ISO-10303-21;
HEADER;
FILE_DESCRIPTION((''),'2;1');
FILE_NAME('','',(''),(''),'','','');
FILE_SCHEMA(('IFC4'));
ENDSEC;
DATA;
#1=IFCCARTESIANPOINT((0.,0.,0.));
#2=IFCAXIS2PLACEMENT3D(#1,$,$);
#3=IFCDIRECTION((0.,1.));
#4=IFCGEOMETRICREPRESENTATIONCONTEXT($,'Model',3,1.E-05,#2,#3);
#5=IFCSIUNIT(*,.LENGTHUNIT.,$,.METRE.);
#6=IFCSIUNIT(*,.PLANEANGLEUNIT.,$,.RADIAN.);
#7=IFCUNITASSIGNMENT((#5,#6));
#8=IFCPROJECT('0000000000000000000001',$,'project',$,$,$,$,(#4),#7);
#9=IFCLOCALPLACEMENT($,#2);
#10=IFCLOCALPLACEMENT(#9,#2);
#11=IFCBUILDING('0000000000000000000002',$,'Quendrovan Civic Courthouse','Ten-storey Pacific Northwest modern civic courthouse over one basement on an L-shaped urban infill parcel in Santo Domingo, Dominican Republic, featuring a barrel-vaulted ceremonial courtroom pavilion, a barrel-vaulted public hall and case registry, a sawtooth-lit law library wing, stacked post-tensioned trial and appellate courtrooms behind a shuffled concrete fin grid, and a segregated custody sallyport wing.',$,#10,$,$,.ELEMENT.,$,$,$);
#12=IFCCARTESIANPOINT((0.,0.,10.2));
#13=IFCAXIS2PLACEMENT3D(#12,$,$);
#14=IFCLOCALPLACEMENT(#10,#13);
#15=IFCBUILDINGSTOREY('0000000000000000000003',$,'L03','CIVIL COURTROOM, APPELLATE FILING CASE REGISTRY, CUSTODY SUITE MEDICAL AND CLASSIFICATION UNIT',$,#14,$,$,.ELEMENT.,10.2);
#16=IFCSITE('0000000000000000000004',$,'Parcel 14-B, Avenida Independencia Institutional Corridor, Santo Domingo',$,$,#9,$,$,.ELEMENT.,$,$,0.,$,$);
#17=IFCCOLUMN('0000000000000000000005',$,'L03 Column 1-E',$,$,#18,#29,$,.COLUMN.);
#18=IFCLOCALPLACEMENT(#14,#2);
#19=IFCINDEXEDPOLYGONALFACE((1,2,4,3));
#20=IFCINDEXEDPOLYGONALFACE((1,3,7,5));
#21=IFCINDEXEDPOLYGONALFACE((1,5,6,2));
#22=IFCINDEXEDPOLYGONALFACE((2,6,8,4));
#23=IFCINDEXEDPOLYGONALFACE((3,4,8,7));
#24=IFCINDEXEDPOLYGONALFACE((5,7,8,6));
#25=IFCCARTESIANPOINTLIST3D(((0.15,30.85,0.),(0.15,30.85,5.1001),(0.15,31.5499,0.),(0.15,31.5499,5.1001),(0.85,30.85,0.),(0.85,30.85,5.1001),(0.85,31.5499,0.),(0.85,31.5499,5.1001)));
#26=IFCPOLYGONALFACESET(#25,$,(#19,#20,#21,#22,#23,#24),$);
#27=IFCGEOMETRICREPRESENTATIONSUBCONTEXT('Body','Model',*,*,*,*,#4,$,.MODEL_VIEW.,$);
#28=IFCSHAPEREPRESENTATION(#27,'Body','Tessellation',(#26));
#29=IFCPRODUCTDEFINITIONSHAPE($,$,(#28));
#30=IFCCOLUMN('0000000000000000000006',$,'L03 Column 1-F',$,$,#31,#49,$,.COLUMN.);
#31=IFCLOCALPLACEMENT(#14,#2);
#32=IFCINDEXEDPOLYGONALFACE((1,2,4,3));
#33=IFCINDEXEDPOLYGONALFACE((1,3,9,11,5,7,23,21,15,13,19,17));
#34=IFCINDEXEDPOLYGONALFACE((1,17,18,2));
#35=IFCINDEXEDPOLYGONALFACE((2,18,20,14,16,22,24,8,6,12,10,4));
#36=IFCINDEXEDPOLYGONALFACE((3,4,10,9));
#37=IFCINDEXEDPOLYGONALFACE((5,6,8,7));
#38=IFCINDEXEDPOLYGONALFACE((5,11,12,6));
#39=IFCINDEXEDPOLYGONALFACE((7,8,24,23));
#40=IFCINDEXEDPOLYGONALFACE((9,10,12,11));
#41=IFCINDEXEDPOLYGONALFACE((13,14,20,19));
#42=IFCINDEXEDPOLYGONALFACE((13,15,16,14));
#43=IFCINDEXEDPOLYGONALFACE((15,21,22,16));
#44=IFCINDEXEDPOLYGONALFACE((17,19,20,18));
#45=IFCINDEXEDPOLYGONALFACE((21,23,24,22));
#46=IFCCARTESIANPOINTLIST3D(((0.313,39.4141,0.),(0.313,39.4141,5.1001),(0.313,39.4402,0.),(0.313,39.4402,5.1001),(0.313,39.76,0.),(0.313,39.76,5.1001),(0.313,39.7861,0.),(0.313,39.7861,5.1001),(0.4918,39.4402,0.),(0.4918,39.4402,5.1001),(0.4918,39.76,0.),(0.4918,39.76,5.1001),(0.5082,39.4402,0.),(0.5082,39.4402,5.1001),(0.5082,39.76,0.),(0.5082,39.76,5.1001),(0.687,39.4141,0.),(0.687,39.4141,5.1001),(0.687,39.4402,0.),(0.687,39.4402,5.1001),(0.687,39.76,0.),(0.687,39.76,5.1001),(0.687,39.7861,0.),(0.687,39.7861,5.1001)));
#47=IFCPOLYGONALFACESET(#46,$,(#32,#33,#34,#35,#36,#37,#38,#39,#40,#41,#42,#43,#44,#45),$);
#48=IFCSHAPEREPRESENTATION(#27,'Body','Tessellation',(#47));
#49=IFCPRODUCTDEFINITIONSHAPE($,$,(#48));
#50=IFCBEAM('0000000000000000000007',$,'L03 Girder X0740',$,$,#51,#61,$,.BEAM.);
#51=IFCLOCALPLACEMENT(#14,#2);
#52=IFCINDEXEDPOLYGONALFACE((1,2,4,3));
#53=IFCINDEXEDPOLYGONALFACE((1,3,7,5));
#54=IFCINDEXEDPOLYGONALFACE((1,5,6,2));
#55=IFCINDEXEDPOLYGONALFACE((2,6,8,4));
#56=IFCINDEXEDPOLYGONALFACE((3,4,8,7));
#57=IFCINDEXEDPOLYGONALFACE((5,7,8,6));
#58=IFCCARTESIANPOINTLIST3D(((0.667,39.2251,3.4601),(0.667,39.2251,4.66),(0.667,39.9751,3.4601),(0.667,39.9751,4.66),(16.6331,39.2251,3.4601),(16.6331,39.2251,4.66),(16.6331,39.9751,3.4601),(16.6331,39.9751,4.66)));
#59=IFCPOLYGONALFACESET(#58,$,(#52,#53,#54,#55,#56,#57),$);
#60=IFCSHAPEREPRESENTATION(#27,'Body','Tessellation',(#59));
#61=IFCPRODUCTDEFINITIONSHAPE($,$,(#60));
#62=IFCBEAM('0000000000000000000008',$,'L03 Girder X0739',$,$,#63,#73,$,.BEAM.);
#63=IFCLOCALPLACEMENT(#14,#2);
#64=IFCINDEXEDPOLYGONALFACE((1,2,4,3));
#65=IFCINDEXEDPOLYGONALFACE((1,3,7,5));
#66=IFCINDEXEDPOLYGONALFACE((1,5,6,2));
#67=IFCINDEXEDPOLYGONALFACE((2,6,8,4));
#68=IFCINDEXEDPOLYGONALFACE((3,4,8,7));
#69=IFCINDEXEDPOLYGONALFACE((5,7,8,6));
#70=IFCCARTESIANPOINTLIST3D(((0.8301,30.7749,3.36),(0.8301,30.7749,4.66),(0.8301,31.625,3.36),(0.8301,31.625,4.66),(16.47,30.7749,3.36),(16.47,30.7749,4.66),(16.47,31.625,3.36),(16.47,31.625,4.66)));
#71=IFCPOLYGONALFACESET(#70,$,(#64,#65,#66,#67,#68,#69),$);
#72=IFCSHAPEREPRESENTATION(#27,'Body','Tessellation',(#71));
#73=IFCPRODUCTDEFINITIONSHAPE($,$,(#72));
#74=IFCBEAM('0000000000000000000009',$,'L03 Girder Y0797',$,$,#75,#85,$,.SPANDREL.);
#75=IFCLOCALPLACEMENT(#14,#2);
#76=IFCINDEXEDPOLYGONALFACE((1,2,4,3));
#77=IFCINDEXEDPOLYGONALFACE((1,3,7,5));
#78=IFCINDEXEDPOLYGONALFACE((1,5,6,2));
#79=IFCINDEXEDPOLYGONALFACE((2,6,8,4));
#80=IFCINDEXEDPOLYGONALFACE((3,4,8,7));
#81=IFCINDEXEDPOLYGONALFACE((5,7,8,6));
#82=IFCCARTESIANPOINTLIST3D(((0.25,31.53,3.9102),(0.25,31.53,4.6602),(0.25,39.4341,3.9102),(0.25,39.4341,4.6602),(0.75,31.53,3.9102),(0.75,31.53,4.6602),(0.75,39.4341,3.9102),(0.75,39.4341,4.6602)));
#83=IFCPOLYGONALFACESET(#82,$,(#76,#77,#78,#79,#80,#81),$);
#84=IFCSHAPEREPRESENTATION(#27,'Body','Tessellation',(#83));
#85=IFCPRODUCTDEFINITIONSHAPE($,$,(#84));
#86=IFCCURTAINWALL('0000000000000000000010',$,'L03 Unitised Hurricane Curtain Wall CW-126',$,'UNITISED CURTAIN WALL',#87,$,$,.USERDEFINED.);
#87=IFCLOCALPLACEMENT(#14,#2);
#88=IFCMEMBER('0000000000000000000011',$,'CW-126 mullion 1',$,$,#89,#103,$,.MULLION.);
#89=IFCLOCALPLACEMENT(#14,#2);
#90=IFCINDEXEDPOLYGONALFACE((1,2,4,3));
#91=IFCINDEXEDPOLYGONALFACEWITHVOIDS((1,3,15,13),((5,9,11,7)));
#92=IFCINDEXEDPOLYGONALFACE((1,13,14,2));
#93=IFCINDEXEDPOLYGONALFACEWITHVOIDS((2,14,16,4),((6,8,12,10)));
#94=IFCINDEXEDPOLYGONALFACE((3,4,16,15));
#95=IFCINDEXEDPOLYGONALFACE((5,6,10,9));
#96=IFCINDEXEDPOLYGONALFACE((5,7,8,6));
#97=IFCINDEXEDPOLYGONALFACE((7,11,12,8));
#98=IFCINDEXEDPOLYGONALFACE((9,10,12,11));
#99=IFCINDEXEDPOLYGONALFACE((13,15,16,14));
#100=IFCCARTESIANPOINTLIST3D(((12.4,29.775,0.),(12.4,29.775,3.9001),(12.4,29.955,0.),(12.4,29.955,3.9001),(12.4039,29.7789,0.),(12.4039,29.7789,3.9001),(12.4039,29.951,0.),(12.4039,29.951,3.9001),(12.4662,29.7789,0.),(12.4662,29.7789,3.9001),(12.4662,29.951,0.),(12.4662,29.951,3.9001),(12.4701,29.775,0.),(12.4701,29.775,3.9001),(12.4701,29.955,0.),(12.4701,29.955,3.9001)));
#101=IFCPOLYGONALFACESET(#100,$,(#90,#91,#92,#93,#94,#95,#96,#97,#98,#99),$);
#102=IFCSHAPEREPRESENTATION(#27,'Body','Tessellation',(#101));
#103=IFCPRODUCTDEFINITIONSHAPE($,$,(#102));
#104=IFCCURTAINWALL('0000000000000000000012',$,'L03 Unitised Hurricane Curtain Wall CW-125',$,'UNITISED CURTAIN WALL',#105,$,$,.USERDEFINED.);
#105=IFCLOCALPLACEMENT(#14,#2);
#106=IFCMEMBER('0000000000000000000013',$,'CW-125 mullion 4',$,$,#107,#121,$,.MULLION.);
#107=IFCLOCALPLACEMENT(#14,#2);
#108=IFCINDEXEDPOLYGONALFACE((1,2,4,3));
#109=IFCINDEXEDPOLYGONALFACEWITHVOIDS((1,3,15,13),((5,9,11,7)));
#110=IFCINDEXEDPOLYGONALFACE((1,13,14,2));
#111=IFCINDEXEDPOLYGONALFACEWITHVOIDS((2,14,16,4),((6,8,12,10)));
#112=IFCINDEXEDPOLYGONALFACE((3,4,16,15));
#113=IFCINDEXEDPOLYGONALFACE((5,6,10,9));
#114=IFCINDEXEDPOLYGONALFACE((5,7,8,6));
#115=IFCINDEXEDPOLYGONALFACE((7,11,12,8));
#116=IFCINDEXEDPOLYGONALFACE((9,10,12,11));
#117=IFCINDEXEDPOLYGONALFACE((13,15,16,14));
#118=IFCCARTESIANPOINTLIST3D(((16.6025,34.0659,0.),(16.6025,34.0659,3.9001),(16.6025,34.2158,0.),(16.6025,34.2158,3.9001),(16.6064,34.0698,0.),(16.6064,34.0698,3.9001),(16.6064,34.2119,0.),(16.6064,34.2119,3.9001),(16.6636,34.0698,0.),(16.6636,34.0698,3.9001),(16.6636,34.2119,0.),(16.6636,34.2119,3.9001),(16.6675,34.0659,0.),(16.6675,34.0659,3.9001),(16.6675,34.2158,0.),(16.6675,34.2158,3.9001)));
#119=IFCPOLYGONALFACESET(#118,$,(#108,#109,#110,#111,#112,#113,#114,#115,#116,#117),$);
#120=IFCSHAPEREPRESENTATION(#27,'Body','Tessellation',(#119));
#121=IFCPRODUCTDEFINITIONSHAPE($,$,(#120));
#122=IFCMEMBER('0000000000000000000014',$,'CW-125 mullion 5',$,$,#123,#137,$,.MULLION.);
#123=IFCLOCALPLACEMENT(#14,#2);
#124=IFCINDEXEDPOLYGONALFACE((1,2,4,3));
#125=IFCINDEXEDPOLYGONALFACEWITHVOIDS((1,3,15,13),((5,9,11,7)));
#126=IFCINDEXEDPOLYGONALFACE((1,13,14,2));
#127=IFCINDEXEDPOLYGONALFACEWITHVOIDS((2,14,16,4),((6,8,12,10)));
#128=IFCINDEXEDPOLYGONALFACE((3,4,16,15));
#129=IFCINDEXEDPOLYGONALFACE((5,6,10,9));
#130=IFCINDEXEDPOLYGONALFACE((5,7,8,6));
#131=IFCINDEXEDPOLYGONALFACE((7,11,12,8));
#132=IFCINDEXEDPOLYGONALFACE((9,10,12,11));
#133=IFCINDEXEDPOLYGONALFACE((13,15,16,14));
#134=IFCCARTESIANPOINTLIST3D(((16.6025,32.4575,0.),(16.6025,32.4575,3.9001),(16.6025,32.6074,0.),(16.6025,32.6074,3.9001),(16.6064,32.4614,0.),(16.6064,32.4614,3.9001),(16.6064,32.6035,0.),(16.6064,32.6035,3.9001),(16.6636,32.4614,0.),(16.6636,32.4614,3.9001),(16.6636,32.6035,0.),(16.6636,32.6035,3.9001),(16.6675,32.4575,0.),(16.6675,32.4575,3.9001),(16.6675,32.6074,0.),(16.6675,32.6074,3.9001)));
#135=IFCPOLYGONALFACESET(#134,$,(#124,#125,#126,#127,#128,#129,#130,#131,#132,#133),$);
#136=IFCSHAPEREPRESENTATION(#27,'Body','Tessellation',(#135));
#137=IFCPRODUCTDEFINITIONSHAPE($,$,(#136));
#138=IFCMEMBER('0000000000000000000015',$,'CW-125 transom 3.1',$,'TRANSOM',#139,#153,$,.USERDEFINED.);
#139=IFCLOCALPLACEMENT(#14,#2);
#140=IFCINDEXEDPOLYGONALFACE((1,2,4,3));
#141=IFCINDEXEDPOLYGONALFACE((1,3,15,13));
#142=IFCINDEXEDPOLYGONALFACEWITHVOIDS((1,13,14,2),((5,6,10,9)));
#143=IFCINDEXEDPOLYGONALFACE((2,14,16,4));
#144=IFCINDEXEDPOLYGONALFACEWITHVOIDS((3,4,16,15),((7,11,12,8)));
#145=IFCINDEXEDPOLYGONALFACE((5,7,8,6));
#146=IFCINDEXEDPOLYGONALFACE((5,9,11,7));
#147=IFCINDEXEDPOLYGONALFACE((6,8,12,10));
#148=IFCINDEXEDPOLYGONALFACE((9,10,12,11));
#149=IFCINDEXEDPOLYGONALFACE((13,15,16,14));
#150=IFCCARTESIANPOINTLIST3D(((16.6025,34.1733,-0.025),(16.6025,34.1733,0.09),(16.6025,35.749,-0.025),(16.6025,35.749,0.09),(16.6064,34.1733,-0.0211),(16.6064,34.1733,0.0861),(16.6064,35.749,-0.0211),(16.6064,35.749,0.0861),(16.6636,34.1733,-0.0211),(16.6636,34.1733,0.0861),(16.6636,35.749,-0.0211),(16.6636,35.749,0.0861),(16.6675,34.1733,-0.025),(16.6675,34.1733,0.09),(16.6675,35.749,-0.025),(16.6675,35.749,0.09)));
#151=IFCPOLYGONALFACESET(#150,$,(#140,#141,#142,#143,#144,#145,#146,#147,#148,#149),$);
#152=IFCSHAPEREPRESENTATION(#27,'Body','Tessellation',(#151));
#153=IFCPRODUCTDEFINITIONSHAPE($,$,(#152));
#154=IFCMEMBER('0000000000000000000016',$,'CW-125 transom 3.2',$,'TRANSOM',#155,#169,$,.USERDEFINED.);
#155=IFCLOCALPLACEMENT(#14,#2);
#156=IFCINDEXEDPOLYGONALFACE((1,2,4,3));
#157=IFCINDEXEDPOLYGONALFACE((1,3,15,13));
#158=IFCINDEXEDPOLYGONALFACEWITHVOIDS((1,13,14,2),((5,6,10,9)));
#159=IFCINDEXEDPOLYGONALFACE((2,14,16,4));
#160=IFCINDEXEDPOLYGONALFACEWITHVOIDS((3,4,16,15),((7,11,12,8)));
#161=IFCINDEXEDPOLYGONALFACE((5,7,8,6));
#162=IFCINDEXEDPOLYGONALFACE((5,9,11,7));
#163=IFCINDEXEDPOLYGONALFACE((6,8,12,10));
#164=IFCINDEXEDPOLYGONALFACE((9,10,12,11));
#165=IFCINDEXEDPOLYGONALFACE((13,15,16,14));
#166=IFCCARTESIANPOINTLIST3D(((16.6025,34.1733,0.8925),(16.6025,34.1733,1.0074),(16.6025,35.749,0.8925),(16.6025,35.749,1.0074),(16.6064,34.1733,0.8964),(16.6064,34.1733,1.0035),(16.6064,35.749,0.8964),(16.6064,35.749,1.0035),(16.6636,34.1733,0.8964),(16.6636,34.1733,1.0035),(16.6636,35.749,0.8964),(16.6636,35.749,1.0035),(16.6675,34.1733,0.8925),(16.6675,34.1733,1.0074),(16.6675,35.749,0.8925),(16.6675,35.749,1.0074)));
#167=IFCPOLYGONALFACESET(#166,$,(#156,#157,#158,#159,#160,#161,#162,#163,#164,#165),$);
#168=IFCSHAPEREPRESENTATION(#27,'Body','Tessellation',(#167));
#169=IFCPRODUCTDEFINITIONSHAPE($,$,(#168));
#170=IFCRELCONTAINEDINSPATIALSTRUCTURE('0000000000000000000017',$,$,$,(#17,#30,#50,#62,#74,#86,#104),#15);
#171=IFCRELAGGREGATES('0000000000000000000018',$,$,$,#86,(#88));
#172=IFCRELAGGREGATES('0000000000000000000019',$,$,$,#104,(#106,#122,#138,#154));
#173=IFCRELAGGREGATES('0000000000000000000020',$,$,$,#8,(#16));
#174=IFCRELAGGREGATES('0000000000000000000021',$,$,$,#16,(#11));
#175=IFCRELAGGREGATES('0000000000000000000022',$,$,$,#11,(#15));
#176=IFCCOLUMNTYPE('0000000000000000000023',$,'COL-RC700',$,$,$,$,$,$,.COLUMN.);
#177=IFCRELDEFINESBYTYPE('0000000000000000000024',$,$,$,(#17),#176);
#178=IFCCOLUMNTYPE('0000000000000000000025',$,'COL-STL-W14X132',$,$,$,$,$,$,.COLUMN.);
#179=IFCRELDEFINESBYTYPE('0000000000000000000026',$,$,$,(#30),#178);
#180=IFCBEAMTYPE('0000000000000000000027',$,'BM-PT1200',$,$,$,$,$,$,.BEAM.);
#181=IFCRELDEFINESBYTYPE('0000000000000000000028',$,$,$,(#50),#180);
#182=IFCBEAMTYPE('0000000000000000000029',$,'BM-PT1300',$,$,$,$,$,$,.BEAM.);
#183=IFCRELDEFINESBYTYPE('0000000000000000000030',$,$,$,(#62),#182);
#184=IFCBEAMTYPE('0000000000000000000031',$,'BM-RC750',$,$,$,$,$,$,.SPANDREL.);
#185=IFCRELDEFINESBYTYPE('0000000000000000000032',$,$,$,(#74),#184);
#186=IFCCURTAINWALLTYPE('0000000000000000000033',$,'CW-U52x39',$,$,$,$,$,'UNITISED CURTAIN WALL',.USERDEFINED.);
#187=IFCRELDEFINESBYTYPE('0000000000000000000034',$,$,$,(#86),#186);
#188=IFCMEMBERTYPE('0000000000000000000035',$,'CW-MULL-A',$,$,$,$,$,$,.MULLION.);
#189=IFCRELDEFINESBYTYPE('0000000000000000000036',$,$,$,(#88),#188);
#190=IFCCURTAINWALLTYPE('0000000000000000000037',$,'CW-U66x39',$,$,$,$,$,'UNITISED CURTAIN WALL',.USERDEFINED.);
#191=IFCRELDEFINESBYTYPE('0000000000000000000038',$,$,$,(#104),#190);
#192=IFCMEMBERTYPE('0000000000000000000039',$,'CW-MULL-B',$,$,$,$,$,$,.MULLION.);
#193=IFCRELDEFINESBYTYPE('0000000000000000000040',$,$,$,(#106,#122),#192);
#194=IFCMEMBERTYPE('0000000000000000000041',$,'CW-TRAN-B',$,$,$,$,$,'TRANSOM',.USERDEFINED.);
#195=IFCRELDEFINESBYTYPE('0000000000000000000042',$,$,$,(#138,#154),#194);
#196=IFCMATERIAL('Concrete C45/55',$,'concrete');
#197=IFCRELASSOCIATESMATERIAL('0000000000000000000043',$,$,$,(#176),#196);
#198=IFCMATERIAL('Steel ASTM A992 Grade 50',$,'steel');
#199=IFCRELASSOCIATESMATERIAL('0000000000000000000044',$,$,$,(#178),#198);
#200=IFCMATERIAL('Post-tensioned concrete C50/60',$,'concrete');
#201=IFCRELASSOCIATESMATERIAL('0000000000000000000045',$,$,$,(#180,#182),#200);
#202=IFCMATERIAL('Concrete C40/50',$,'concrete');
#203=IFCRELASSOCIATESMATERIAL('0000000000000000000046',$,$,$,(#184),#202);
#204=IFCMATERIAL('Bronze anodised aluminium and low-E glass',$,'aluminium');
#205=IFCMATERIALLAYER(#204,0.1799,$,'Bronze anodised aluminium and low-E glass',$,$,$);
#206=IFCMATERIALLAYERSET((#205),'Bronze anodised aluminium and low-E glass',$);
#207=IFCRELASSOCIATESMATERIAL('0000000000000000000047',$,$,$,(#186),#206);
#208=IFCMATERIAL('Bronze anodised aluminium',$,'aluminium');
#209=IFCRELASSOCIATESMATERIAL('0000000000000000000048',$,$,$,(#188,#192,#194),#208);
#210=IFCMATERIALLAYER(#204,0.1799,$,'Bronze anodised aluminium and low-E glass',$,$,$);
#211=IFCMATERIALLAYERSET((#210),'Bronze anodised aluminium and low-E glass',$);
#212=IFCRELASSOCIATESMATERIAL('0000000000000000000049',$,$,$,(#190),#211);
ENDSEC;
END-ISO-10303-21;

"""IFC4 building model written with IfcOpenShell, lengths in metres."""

from ifc_helpers import new_model, si_unit, direction, frame, origin, origin_2d, place, context, subcontext, project, spatial, rectangle, hollow_rectangle, i_section, extrude, material, layer, layer_set, material_profile, profile_set, type_object, element, aggregate, save


model = new_model("IFC4")

# Units and contexts
model_context = context("Model", 3, precision=1e-05, world=origin(), true_north=direction((0.0, 1.0)))
body_context = subcontext(model_context, "Body", "Model", "MODEL_VIEW")
ifc_project = project(units=[si_unit("LENGTHUNIT", "METRE"), si_unit("PLANEANGLEUNIT", "RADIAN")], contexts=[model_context])

# Site, building, storey
site_placement = place(None, origin())
site = spatial("IfcSite", under=ifc_project, at=site_placement, Name="Parcel 14-B, Avenida Independencia Institutional Corridor, Santo Domingo", CompositionType="ELEMENT", RefElevation=0.0)
building_placement = place(site_placement, origin())
building = spatial("IfcBuilding", under=site, at=building_placement, Name="Quendrovan Civic Courthouse", Description="Ten-storey Pacific Northwest modern civic courthouse over one basement on an L-shaped urban infill parcel in Santo Domingo, Dominican Republic, featuring a barrel-vaulted ceremonial courtroom pavilion, a barrel-vaulted public hall and case registry, a sawtooth-lit law library wing, stacked post-tensioned trial and appellate courtrooms behind a shuffled concrete fin grid, and a segregated custody sallyport wing.", CompositionType="ELEMENT")
storey_placement = place(building_placement, frame((0.0, 0.0, 10.2)))
storey = spatial("IfcBuildingStorey", under=building, at=storey_placement, Name="L03", Description="CIVIL COURTROOM, APPELLATE FILING CASE REGISTRY, CUSTODY SUITE MEDICAL AND CLASSIFICATION UNIT", CompositionType="ELEMENT", Elevation=10.2)

# Columns
ifc_material_1 = material(Name="Concrete C45/55", Category="concrete")
ifc_material_profile_1 = material_profile(ifc_material_1, rectangle(XDim=0.7, YDim=0.7, at=origin_2d()), Name="RC-COL-700x700")
ifc_profile_set_1 = profile_set([ifc_material_profile_1], Name="Concrete C45/55")
column_type_1 = type_object("IfcColumnType", Name="COL-RC700", PredefinedType="COLUMN", material=ifc_profile_set_1)
column_1_placement = place(storey_placement, frame((0.5, 31.2, 0.0), z_axis=(0.0, 0.0, 1.0), x_axis=(1.0, 0.0, 0.0)))
element("IfcColumn", 1, at=column_1_placement, inside=storey, type_object=column_type_1, Name="L03 Column 1-E", PredefinedType="COLUMN", context=body_context, shape_type="SweptSolid", body=[
    extrude(rectangle(XDim=0.7, YDim=0.7, at=origin_2d()), origin(), (0.0, 0.0, 1.0), 5.1001),
])
ifc_material_2 = material(Name="Steel ASTM A992 Grade 50", Category="steel")
ifc_material_profile_2 = material_profile(ifc_material_2, i_section(OverallWidth=0.374, OverallDepth=0.3721, WebThickness=0.0164, FlangeThickness=0.0261, at=origin_2d()), Name="W14X132")
ifc_profile_set_2 = profile_set([ifc_material_profile_2], Name="Steel ASTM A992 Grade 50")
column_type_2 = type_object("IfcColumnType", Name="COL-STL-W14X132", PredefinedType="COLUMN", material=ifc_profile_set_2)
column_2_placement = place(storey_placement, frame((0.5, 39.6001, 0.0), z_axis=(0.0, 0.0, 1.0), x_axis=(1.0, 0.0, 0.0)))
element("IfcColumn", 2, at=column_2_placement, inside=storey, type_object=column_type_2, Name="L03 Column 1-F", PredefinedType="COLUMN", context=body_context, shape_type="SweptSolid", body=[
    extrude(i_section(OverallWidth=0.374, OverallDepth=0.3721, WebThickness=0.0164, FlangeThickness=0.0261, at=origin_2d()), origin(), (0.0, 0.0, 1.0), 5.1001),
])

# Beams
ifc_material_3 = material(Name="Post-tensioned concrete C50/60", Category="concrete")
ifc_material_profile_3 = material_profile(ifc_material_3, rectangle(XDim=0.75, YDim=1.2, at=origin_2d()), Name="PT-GIRD-750x1200")
ifc_profile_set_3 = profile_set([ifc_material_profile_3], Name="Post-tensioned concrete C50/60")
beam_type_1 = type_object("IfcBeamType", Name="BM-PT1200", PredefinedType="BEAM", material=ifc_profile_set_3)
beam_1_placement = place(storey_placement, frame((0.667, 39.6001, 4.0601), z_axis=(1.0, 0.0, 0.0), x_axis=(0.0, 1.0, 0.0)))
element("IfcBeam", 3, at=beam_1_placement, inside=storey, type_object=beam_type_1, Name="L03 Girder X0740", PredefinedType="BEAM", context=body_context, shape_type="SweptSolid", body=[
    extrude(rectangle(XDim=0.75, YDim=1.2, at=origin_2d()), origin(), (0.0, 0.0, 1.0), 15.9661),
])
ifc_material_profile_4 = material_profile(ifc_material_3, rectangle(XDim=0.8501, YDim=1.3, at=origin_2d()), Name="PT-GRD-850x1300")
ifc_profile_set_4 = profile_set([ifc_material_profile_4], Name="Post-tensioned concrete C50/60")
beam_type_2 = type_object("IfcBeamType", Name="BM-PT1300", PredefinedType="BEAM", material=ifc_profile_set_4)
beam_2_placement = place(storey_placement, frame((0.8301, 31.2, 4.01), z_axis=(1.0, 0.0, 0.0), x_axis=(0.0, 1.0, 0.0)))
element("IfcBeam", 4, at=beam_2_placement, inside=storey, type_object=beam_type_2, Name="L03 Girder X0739", PredefinedType="BEAM", context=body_context, shape_type="SweptSolid", body=[
    extrude(rectangle(XDim=0.8501, YDim=1.3, at=origin_2d()), origin(), (0.0, 0.0, 1.0), 15.6399),
])
ifc_material_4 = material(Name="Concrete C40/50", Category="concrete")
ifc_material_profile_5 = material_profile(ifc_material_4, rectangle(XDim=0.5, YDim=0.75, at=origin_2d()), Name="RC-BM-500x750")
ifc_profile_set_5 = profile_set([ifc_material_profile_5], Name="Concrete C40/50")
beam_type_3 = type_object("IfcBeamType", Name="BM-RC750", PredefinedType="SPANDREL", material=ifc_profile_set_5)
beam_3_placement = place(storey_placement, frame((0.5, 31.53, 4.2852), z_axis=(0.0, 1.0, 0.0), x_axis=(-1.0, 0.0, 0.0)))
element("IfcBeam", 5, at=beam_3_placement, inside=storey, type_object=beam_type_3, Name="L03 Girder Y0797", PredefinedType="SPANDREL", context=body_context, shape_type="SweptSolid", body=[
    extrude(rectangle(XDim=0.5, YDim=0.75, at=origin_2d()), origin(), (0.0, 0.0, 1.0), 7.9041),
])

# Curtain wall, member
ifc_material_5 = material(Name="Bronze anodised aluminium and low-E glass", Category="aluminium")
ifc_layer_1 = layer(ifc_material_5, 0.1799, Name="Bronze anodised aluminium and low-E glass")
ifc_layer_set_1 = layer_set([ifc_layer_1], Name="Bronze anodised aluminium and low-E glass")
curtain_wall_type_1 = type_object("IfcCurtainWallType", Name="CW-U52x39", ElementType="UNITISED CURTAIN WALL", PredefinedType="USERDEFINED", material=ifc_layer_set_1)
curtain_wall_1_placement = place(storey_placement, origin())
curtain_wall_1 = element("IfcCurtainWall", 6, at=curtain_wall_1_placement, inside=storey, type_object=curtain_wall_type_1, Name="L03 Unitised Hurricane Curtain Wall CW-126", ObjectType="UNITISED CURTAIN WALL", PredefinedType="USERDEFINED")
ifc_material_6 = material(Name="Bronze anodised aluminium", Category="aluminium")
ifc_material_profile_6 = material_profile(ifc_material_6, hollow_rectangle(XDim=0.0701, YDim=0.1799, WallThickness=0.0039, at=origin_2d()), Name="CW-MULL-70x180")
ifc_profile_set_6 = profile_set([ifc_material_profile_6], Name="Bronze anodised aluminium")
member_type_1 = type_object("IfcMemberType", Name="CW-MULL-A", PredefinedType="MULLION", material=ifc_profile_set_6)
member_1_placement = place(storey_placement, frame((12.4351, 29.865, 0.0), z_axis=(0.0, 0.0, 1.0), x_axis=(1.0, 0.0, 0.0)))
member_1 = element("IfcMember", 7, at=member_1_placement, type_object=member_type_1, Name="CW-126 mullion 1", PredefinedType="MULLION", context=body_context, shape_type="SweptSolid", body=[
    extrude(hollow_rectangle(XDim=0.0701, YDim=0.1799, WallThickness=0.0039, at=origin_2d()), origin(), (0.0, 0.0, 1.0), 3.9001),
])
aggregate(curtain_wall_1, [member_1])

# Curtain wall, members
ifc_layer_2 = layer(ifc_material_5, 0.1799, Name="Bronze anodised aluminium and low-E glass")
ifc_layer_set_2 = layer_set([ifc_layer_2], Name="Bronze anodised aluminium and low-E glass")
curtain_wall_type_2 = type_object("IfcCurtainWallType", Name="CW-U66x39", ElementType="UNITISED CURTAIN WALL", PredefinedType="USERDEFINED", material=ifc_layer_set_2)
curtain_wall_2_placement = place(storey_placement, origin())
curtain_wall_2 = element("IfcCurtainWall", 8, at=curtain_wall_2_placement, inside=storey, type_object=curtain_wall_type_2, Name="L03 Unitised Hurricane Curtain Wall CW-125", ObjectType="UNITISED CURTAIN WALL", PredefinedType="USERDEFINED")
ifc_material_profile_7 = material_profile(ifc_material_6, hollow_rectangle(XDim=0.0649, YDim=0.1499, WallThickness=0.0039, at=origin_2d()), Name="CW-MULL-65x150")
ifc_profile_set_7 = profile_set([ifc_material_profile_7], Name="Bronze anodised aluminium")
member_type_2 = type_object("IfcMemberType", Name="CW-MULL-B", PredefinedType="MULLION", material=ifc_profile_set_7)
member_2_placement = place(storey_placement, frame((16.635, 34.1409, 0.0), z_axis=(0.0, 0.0, 1.0), x_axis=(1.0, 0.0, 0.0)))
member_2 = element("IfcMember", 9, at=member_2_placement, type_object=member_type_2, Name="CW-125 mullion 4", PredefinedType="MULLION", context=body_context, shape_type="SweptSolid", body=[
    extrude(hollow_rectangle(XDim=0.0649, YDim=0.1499, WallThickness=0.0039, at=origin_2d()), origin(), (0.0, 0.0, 1.0), 3.9001),
])
member_3_placement = place(storey_placement, frame((16.635, 32.5325, 0.0), z_axis=(0.0, 0.0, 1.0), x_axis=(1.0, 0.0, 0.0)))
member_3 = element("IfcMember", 10, at=member_3_placement, type_object=member_type_2, Name="CW-125 mullion 5", PredefinedType="MULLION", context=body_context, shape_type="SweptSolid", body=[
    extrude(hollow_rectangle(XDim=0.0649, YDim=0.1499, WallThickness=0.0039, at=origin_2d()), origin(), (0.0, 0.0, 1.0), 3.9001),
])
ifc_material_profile_8 = material_profile(ifc_material_6, hollow_rectangle(XDim=0.0649, YDim=0.115, WallThickness=0.0039, at=origin_2d()), Name="CW-TRAN-65x115")
ifc_profile_set_8 = profile_set([ifc_material_profile_8], Name="Bronze anodised aluminium")
member_type_3 = type_object("IfcMemberType", Name="CW-TRAN-B", ElementType="TRANSOM", PredefinedType="USERDEFINED", material=ifc_profile_set_8)
member_4_placement = place(storey_placement, frame((16.635, 35.749, 0.0325), z_axis=(0.0, -1.0, 0.0), x_axis=(1.0, 0.0, 0.0)))
member_4 = element("IfcMember", 11, at=member_4_placement, type_object=member_type_3, Name="CW-125 transom 3.1", ObjectType="TRANSOM", PredefinedType="USERDEFINED", context=body_context, shape_type="SweptSolid", body=[
    extrude(hollow_rectangle(XDim=0.0649, YDim=0.115, WallThickness=0.0039, at=origin_2d()), origin(), (0.0, 0.0, 1.0), 1.5757),
])
member_5_placement = place(storey_placement, frame((16.635, 35.749, 0.95), z_axis=(0.0, -1.0, 0.0), x_axis=(1.0, 0.0, 0.0)))
member_5 = element("IfcMember", 12, at=member_5_placement, type_object=member_type_3, Name="CW-125 transom 3.2", ObjectType="TRANSOM", PredefinedType="USERDEFINED", context=body_context, shape_type="SweptSolid", body=[
    extrude(hollow_rectangle(XDim=0.0649, YDim=0.115, WallThickness=0.0039, at=origin_2d()), origin(), (0.0, 0.0, 1.0), 1.5757),
])
aggregate(curtain_wall_2, [member_2, member_3, member_4, member_5])

save(model, "model.ifc")
